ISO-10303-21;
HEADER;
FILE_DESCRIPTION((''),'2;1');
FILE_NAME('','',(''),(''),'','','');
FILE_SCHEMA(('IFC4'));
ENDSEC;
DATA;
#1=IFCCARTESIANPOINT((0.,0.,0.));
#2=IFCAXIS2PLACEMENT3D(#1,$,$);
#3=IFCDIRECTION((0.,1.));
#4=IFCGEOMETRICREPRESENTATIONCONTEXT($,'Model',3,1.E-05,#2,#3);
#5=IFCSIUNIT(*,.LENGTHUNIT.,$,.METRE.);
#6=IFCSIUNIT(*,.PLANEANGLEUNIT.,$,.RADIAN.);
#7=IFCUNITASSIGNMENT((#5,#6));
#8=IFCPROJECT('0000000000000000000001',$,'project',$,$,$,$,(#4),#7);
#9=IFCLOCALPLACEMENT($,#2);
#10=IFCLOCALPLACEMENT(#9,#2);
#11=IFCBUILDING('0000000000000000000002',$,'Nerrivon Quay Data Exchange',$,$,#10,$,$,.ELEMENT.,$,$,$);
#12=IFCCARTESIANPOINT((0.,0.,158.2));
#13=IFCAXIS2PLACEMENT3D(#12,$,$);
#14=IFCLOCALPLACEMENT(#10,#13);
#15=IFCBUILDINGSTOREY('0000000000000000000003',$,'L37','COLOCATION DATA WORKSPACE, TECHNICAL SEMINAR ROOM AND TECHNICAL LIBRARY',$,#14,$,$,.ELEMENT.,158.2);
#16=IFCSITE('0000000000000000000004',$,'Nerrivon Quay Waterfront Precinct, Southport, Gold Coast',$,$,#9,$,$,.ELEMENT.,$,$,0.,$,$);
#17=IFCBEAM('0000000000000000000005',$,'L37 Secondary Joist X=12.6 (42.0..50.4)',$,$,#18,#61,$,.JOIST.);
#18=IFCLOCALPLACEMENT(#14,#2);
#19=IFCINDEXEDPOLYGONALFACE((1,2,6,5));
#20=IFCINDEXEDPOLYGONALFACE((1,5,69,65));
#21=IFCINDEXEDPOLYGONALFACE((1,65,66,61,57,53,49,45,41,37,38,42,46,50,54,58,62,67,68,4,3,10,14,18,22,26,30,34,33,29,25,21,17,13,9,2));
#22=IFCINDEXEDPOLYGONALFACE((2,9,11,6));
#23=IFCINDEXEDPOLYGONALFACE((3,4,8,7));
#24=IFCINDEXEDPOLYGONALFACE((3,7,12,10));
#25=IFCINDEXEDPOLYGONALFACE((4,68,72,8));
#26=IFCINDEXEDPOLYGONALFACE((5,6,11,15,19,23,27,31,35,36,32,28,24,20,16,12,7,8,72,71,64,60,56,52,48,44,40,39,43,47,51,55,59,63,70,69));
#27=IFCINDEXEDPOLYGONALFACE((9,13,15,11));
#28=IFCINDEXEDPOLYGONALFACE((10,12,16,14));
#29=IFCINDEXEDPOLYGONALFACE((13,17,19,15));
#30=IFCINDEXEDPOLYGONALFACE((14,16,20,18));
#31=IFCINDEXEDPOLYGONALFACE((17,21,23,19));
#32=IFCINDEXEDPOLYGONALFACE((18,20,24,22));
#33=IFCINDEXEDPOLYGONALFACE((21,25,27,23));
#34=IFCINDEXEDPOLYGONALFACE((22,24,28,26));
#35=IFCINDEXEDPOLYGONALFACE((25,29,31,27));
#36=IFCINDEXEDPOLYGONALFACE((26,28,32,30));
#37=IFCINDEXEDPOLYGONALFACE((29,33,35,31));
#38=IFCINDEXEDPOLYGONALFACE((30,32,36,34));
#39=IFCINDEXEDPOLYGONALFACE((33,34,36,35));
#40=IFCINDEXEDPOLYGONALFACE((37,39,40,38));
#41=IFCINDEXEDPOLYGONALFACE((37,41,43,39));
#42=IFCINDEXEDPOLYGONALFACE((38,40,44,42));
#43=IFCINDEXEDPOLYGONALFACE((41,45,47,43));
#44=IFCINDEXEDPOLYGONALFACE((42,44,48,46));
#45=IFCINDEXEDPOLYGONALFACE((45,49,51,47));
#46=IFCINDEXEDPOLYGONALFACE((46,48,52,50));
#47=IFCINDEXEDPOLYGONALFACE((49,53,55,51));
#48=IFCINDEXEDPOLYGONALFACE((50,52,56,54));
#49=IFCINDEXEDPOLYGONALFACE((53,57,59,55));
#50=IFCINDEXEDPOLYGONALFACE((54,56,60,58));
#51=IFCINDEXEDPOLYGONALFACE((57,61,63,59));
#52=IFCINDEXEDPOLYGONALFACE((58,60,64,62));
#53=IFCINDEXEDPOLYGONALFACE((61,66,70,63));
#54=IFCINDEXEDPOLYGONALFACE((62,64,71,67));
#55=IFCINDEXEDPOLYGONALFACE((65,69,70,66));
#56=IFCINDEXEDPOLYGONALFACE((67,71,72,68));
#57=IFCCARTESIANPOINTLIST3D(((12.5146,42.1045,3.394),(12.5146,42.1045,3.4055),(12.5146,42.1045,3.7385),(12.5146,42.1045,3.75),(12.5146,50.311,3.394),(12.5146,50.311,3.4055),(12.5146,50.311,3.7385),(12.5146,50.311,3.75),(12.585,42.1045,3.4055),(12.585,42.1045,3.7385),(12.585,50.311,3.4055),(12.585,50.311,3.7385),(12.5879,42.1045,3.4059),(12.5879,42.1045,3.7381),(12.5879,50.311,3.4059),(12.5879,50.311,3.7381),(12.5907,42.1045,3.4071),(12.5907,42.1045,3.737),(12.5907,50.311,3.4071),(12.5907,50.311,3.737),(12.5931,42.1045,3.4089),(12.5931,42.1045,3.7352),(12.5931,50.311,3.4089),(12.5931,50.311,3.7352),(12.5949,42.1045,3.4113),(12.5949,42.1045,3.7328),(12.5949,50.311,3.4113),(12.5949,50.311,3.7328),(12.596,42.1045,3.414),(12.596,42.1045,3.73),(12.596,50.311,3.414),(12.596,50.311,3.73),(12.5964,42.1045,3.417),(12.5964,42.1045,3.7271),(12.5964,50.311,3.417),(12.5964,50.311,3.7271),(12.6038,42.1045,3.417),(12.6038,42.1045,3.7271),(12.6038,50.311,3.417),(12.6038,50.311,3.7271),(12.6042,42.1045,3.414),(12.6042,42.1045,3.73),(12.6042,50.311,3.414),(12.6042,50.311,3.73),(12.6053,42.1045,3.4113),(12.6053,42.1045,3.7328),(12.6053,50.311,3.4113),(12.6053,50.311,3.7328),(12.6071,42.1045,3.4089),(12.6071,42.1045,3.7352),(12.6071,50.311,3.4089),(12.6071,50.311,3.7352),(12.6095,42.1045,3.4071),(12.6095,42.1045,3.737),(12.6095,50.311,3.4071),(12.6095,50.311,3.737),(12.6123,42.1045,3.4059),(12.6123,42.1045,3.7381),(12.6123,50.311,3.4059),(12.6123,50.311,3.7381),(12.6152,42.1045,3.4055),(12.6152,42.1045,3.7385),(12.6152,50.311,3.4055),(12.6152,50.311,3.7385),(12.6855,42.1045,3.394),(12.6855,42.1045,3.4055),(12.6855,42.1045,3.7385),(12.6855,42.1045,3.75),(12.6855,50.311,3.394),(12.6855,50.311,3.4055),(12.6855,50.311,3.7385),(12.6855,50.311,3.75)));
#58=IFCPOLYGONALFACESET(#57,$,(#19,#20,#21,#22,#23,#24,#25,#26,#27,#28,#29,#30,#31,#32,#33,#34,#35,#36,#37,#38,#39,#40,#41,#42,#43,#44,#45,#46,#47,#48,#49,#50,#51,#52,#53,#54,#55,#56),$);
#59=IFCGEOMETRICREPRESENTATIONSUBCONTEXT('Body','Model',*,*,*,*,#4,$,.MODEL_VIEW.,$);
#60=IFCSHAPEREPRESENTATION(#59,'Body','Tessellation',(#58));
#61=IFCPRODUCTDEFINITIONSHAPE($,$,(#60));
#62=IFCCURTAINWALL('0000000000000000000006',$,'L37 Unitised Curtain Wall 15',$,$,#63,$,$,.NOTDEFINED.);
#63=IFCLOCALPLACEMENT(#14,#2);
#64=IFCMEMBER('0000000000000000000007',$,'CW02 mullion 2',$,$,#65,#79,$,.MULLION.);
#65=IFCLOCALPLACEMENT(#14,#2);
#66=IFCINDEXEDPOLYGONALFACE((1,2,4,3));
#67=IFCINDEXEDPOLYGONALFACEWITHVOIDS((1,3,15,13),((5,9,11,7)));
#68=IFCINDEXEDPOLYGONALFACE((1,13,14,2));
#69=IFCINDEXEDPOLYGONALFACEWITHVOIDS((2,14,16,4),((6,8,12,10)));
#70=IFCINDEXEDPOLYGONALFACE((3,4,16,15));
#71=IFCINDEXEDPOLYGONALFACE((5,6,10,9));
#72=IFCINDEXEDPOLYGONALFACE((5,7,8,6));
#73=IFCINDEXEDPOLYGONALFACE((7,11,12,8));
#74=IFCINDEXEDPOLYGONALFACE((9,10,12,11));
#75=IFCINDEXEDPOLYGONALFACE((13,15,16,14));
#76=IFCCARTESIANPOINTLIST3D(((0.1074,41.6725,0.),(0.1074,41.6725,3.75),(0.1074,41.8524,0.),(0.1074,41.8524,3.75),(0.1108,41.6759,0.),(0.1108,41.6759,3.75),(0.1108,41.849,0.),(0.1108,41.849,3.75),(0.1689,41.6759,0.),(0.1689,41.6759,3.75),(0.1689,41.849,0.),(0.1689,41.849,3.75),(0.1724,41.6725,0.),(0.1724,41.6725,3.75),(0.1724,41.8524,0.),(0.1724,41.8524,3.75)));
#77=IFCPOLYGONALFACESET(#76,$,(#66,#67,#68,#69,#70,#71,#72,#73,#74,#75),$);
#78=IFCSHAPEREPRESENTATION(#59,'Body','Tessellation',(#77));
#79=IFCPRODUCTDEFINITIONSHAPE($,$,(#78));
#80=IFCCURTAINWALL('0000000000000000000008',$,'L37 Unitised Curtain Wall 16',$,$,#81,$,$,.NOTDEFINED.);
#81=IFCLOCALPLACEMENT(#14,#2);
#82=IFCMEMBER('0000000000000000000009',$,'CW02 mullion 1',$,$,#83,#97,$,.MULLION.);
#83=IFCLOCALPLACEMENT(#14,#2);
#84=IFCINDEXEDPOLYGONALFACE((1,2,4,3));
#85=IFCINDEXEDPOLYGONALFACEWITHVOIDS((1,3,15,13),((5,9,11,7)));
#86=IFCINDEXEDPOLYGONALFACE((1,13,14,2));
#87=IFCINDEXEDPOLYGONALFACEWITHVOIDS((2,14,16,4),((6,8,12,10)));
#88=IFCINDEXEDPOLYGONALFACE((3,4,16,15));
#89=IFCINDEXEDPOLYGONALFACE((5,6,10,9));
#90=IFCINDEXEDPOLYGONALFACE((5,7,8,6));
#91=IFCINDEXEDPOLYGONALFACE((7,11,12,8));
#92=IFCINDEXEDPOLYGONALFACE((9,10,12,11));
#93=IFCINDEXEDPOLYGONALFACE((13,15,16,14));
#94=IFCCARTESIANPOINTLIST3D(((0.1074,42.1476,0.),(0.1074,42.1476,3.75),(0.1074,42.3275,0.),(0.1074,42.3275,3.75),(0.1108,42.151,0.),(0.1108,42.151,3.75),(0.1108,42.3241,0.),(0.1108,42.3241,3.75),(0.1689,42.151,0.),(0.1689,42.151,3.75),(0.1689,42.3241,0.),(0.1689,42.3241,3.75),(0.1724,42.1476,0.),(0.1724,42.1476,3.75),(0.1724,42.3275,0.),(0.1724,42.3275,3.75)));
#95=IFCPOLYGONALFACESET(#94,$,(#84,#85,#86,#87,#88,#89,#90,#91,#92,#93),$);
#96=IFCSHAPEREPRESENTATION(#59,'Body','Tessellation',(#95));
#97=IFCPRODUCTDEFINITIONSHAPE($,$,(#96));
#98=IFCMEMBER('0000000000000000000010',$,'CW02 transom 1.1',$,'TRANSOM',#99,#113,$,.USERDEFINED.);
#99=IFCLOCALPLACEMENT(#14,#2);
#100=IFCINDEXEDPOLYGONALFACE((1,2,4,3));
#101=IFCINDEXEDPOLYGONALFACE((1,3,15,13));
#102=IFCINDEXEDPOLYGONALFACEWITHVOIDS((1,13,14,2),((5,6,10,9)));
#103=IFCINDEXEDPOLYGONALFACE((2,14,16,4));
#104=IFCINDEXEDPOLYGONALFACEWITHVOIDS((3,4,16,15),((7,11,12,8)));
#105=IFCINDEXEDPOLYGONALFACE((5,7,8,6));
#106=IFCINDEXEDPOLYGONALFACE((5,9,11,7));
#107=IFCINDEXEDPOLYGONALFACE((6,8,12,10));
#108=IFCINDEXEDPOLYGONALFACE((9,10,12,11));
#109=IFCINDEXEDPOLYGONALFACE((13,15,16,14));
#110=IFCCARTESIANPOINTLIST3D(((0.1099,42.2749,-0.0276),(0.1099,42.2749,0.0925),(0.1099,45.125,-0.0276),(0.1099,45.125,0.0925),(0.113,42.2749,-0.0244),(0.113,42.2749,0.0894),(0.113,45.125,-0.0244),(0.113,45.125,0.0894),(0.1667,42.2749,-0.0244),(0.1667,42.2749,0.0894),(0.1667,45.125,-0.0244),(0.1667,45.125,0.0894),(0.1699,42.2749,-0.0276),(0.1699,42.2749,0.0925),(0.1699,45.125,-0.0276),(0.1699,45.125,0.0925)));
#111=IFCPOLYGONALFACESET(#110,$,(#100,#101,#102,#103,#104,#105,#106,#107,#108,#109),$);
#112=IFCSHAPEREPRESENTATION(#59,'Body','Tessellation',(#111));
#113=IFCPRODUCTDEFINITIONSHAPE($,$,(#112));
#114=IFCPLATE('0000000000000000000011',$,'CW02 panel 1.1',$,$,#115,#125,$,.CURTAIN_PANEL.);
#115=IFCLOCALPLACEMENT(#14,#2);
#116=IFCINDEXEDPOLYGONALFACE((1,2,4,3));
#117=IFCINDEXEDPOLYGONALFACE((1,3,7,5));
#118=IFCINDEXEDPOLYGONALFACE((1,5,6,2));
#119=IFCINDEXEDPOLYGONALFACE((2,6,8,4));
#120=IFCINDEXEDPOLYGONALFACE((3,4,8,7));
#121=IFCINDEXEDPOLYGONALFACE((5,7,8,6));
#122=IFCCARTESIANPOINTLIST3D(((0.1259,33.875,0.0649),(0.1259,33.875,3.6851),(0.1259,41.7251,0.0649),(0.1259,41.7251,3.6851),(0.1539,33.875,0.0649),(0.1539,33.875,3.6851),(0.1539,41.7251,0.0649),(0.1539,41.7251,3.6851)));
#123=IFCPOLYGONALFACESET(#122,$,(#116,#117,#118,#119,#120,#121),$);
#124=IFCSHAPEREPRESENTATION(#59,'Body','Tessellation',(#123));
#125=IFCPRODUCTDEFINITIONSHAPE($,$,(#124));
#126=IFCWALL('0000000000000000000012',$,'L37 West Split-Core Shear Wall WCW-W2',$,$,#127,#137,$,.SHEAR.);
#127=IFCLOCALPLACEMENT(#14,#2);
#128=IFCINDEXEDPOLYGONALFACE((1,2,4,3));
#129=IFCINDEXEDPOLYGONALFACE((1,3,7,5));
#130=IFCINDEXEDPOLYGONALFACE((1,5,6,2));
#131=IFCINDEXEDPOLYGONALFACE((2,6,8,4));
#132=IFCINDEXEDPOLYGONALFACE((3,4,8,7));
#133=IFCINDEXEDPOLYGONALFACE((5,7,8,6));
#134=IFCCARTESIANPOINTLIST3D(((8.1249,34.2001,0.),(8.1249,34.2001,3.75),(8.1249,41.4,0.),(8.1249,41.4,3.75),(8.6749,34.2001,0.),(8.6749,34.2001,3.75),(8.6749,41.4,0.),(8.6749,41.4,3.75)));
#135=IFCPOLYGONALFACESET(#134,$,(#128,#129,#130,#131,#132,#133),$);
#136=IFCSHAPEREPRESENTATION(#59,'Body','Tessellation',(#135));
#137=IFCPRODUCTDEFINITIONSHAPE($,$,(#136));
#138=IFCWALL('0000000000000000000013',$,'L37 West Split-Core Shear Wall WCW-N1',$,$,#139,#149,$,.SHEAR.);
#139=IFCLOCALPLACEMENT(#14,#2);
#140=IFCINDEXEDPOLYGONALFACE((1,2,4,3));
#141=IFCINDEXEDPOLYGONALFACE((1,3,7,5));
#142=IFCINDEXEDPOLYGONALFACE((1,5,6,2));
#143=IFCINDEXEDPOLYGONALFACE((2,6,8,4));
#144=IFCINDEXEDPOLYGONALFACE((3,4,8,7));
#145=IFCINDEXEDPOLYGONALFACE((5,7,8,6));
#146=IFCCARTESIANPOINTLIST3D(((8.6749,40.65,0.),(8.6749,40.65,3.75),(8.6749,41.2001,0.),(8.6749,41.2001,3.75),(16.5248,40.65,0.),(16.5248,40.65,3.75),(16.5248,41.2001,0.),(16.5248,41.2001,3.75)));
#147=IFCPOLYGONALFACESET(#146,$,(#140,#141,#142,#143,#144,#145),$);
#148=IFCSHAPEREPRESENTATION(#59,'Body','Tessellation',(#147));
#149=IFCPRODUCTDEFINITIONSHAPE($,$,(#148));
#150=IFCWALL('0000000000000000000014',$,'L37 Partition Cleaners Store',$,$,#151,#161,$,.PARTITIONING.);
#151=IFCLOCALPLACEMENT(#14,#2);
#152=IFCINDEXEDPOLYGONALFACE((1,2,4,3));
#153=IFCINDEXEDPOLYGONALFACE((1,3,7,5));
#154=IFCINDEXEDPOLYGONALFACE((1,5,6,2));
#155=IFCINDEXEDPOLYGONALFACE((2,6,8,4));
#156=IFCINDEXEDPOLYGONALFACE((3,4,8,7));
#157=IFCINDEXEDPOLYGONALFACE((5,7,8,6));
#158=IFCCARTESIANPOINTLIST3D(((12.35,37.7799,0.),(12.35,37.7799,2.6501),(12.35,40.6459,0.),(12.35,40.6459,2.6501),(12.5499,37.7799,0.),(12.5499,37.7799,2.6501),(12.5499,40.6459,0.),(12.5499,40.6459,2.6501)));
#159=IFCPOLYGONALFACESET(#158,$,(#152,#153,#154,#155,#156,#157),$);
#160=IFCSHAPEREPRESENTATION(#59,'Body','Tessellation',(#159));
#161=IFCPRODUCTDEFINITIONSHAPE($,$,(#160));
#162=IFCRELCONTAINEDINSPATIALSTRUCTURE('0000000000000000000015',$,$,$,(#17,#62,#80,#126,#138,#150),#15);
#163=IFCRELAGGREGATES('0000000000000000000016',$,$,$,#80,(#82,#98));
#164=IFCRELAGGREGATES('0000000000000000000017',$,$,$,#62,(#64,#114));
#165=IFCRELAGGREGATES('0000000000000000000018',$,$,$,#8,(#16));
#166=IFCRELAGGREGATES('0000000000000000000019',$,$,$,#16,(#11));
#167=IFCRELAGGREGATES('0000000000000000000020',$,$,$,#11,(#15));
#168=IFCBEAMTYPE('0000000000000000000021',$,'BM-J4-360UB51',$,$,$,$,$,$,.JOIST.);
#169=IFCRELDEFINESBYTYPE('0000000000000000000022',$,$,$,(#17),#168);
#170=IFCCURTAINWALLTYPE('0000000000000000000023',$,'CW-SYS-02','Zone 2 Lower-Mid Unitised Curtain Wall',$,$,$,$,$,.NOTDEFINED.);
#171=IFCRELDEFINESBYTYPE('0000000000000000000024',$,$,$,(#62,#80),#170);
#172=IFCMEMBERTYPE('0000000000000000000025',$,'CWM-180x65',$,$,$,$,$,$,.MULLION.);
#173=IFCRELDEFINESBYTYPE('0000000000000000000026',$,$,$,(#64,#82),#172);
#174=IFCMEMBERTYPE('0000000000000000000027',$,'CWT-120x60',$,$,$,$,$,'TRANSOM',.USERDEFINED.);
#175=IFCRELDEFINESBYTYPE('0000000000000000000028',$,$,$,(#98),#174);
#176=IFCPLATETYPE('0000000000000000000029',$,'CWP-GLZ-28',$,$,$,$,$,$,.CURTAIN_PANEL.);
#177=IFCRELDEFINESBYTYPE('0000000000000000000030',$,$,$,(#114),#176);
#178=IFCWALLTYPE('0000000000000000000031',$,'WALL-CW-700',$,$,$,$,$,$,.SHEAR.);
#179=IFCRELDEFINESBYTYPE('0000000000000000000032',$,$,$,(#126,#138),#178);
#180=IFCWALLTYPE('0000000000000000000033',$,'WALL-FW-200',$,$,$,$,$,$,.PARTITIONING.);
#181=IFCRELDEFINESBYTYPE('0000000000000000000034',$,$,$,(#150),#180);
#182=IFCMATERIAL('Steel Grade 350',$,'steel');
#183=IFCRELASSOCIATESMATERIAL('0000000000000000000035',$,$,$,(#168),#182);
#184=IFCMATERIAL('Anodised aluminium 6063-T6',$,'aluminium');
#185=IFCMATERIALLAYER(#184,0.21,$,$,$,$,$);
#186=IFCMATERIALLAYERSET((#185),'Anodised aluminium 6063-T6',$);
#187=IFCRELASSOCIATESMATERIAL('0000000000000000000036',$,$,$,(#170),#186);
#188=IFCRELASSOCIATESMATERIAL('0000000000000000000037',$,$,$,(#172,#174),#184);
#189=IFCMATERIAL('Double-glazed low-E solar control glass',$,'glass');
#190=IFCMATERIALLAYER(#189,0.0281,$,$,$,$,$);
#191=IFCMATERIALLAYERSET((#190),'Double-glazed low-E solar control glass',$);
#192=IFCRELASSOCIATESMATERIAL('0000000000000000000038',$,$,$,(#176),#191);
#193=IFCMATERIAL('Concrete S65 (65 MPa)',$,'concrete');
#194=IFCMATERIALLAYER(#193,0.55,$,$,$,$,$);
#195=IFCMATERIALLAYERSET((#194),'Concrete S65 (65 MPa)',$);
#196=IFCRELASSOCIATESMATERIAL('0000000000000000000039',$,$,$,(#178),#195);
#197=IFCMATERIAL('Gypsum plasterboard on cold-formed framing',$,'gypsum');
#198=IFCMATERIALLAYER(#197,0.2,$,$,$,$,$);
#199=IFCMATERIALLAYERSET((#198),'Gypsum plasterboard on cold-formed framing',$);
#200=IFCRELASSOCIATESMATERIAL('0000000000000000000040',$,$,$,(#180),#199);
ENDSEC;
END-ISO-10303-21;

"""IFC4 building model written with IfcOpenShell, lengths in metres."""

from ifc_helpers import new_model, si_unit, direction, frame, frame_2d, origin, origin_2d, place, context, subcontext, project, spatial, rectangle, hollow_rectangle, i_section, extrude, material, layer, layer_set, material_profile, profile_set, type_object, element, aggregate, save


model = new_model("IFC4")

# Units and contexts
model_context = context("Model", 3, precision=1e-05, world=origin(), true_north=direction((0.0, 1.0)))
body_context = subcontext(model_context, "Body", "Model", "MODEL_VIEW")
ifc_project = project(units=[si_unit("LENGTHUNIT", "METRE"), si_unit("PLANEANGLEUNIT", "RADIAN")], contexts=[model_context])

# Site, building, storey
site_placement = place(None, origin())
site = spatial("IfcSite", under=ifc_project, at=site_placement, Name="Nerrivon Quay Waterfront Precinct, Southport, Gold Coast", CompositionType="ELEMENT", RefElevation=0.0)
building_placement = place(site_placement, origin())
building = spatial("IfcBuilding", under=site, at=building_placement, Name="Nerrivon Quay Data Exchange", CompositionType="ELEMENT")
storey_placement = place(building_placement, frame((0.0, 0.0, 158.2)))
storey = spatial("IfcBuildingStorey", under=building, at=storey_placement, Name="L37", Description="COLOCATION DATA WORKSPACE, TECHNICAL SEMINAR ROOM AND TECHNICAL LIBRARY", CompositionType="ELEMENT", Elevation=158.2)

# Shared definitions
ifc_material_1 = material(Name="Concrete S65 (65 MPa)", Category="concrete")
ifc_material_2 = material(Name="Steel Grade 350", Category="steel")

# Beam
ifc_material_profile_1 = material_profile(ifc_material_2, i_section(OverallWidth=0.1709, OverallDepth=0.356, WebThickness=0.0073, FlangeThickness=0.0115, FilletRadius=0.0115, at=origin_2d()), Name="360UB50.7")
ifc_profile_set_1 = profile_set([ifc_material_profile_1], Name="Steel Grade 350")
beam_type_1 = type_object("IfcBeamType", Name="BM-J4-360UB51", PredefinedType="JOIST", material=ifc_profile_set_1)
beam_1_placement = place(storey_placement, frame((12.6001, 42.1045, 3.572), z_axis=(0.0, 1.0, 0.0), x_axis=(-1.0, 0.0, 0.0)))
element("IfcBeam", 1, at=beam_1_placement, inside=storey, type_object=beam_type_1, Name="L37 Secondary Joist X=12.6 (42.0..50.4)", PredefinedType="JOIST", context=body_context, shape_type="SweptSolid", body=[
    extrude(i_section(OverallWidth=0.1709, OverallDepth=0.356, WebThickness=0.0073, FlangeThickness=0.0115, FilletRadius=0.0115, at=origin_2d()), origin(), (0.0, 0.0, 1.0), 8.2065),
])

# Curtain wall, member
ifc_material_3 = material(Name="Anodised aluminium 6063-T6", Category="aluminium")
ifc_layer_1 = layer(ifc_material_3, 0.21)
ifc_layer_set_1 = layer_set([ifc_layer_1], Name="Anodised aluminium 6063-T6")
curtain_wall_type = type_object("IfcCurtainWallType", Name="CW-SYS-02", Description="Zone 2 Lower-Mid Unitised Curtain Wall", PredefinedType="NOTDEFINED", material=ifc_layer_set_1)
curtain_wall_1_placement = place(storey_placement, origin())
curtain_wall_1 = element("IfcCurtainWall", 2, at=curtain_wall_1_placement, inside=storey, type_object=curtain_wall_type, Name="L37 Unitised Curtain Wall 15", PredefinedType="NOTDEFINED")
ifc_material_profile_2 = material_profile(ifc_material_3, hollow_rectangle(XDim=0.0649, YDim=0.1799, WallThickness=0.0034, at=origin_2d()), Name="ALU-MULL-180x65")
ifc_profile_set_2 = profile_set([ifc_material_profile_2], Name="Anodised aluminium 6063-T6")
member_type_1 = type_object("IfcMemberType", Name="CWM-180x65", PredefinedType="MULLION", material=ifc_profile_set_2)
member_1_placement = place(storey_placement, frame((0.1399, 41.7625, 0.0), z_axis=(0.0, 0.0, 1.0), x_axis=(-1.0, 0.0, 0.0)))
member_1 = element("IfcMember", 3, at=member_1_placement, type_object=member_type_1, Name="CW02 mullion 2", PredefinedType="MULLION", context=body_context, shape_type="SweptSolid", body=[
    extrude(hollow_rectangle(XDim=0.0649, YDim=0.1799, WallThickness=0.0034, at=origin_2d()), origin(), (0.0, 0.0, 1.0), 3.75),
])

# Curtain wall, members
curtain_wall_2_placement = place(storey_placement, origin())
curtain_wall_2 = element("IfcCurtainWall", 4, at=curtain_wall_2_placement, inside=storey, type_object=curtain_wall_type, Name="L37 Unitised Curtain Wall 16", PredefinedType="NOTDEFINED")
member_2_placement = place(storey_placement, frame((0.1399, 42.2375, 0.0), z_axis=(0.0, 0.0, 1.0), x_axis=(-1.0, 0.0, 0.0)))
member_2 = element("IfcMember", 5, at=member_2_placement, type_object=member_type_1, Name="CW02 mullion 1", PredefinedType="MULLION", context=body_context, shape_type="SweptSolid", body=[
    extrude(hollow_rectangle(XDim=0.0649, YDim=0.1799, WallThickness=0.0034, at=origin_2d()), origin(), (0.0, 0.0, 1.0), 3.75),
])
ifc_material_profile_3 = material_profile(ifc_material_3, hollow_rectangle(XDim=0.0601, YDim=0.1201, WallThickness=0.0032, at=origin_2d()), Name="ALU-TRAN-120x60")
ifc_profile_set_3 = profile_set([ifc_material_profile_3], Name="Anodised aluminium 6063-T6")
member_type_2 = type_object("IfcMemberType", Name="CWT-120x60", ElementType="TRANSOM", PredefinedType="USERDEFINED", material=ifc_profile_set_3)
member_3_placement = place(storey_placement, frame((0.1399, 42.2749, 0.0325), z_axis=(0.0, 1.0, 0.0), x_axis=(-1.0, 0.0, 0.0)))
member_3 = element("IfcMember", 6, at=member_3_placement, type_object=member_type_2, Name="CW02 transom 1.1", ObjectType="TRANSOM", PredefinedType="USERDEFINED", context=body_context, shape_type="SweptSolid", body=[
    extrude(hollow_rectangle(XDim=0.0601, YDim=0.1201, WallThickness=0.0032, at=origin_2d()), origin(), (0.0, 0.0, 1.0), 2.8501),
])
aggregate(curtain_wall_2, [member_2, member_3])

# Plate
ifc_material_4 = material(Name="Double-glazed low-E solar control glass", Category="glass")
ifc_layer_2 = layer(ifc_material_4, 0.0281)
ifc_layer_set_2 = layer_set([ifc_layer_2], Name="Double-glazed low-E solar control glass")
plate_type = type_object("IfcPlateType", Name="CWP-GLZ-28", PredefinedType="CURTAIN_PANEL", material=ifc_layer_set_2)
plate_placement = place(storey_placement, frame((0.1399, 37.8, 0.0649), z_axis=(0.0, 0.0, 1.0), x_axis=(0.0, 1.0, 0.0)))
plate = element("IfcPlate", 7, at=plate_placement, type_object=plate_type, Name="CW02 panel 1.1", PredefinedType="CURTAIN_PANEL", context=body_context, shape_type="SweptSolid", body=[
    extrude(rectangle(XDim=7.8501, YDim=0.0281, at=origin_2d()), origin(), (0.0, 0.0, 1.0), 3.6201),
])
aggregate(curtain_wall_1, [member_1, plate])

# Walls
ifc_layer_3 = layer(ifc_material_1, 0.55)
ifc_layer_set_3 = layer_set([ifc_layer_3], Name="Concrete S65 (65 MPa)")
wall_type_1 = type_object("IfcWallType", Name="WALL-CW-700", PredefinedType="SHEAR", material=ifc_layer_set_3)
wall_1_placement = place(storey_placement, frame((8.3999, 34.2, 0.0), z_axis=(0.0, 0.0, 1.0), x_axis=(0.0, 1.0, 0.0)))
element("IfcWall", 8, at=wall_1_placement, inside=storey, type_object=wall_type_1, Name="L37 West Split-Core Shear Wall WCW-W2", PredefinedType="SHEAR", context=body_context, shape_type="SweptSolid", body=[
    extrude(rectangle(XDim=7.2, YDim=0.55, at=frame_2d((3.6001, 0.0))), origin(), (0.0, 0.0, 1.0), 3.75),
])
wall_2_placement = place(storey_placement, frame((8.675, 40.925, 0.0), z_axis=(0.0, 0.0, 1.0), x_axis=(1.0, 0.0, 0.0)))
element("IfcWall", 9, at=wall_2_placement, inside=storey, type_object=wall_type_1, Name="L37 West Split-Core Shear Wall WCW-N1", PredefinedType="SHEAR", context=body_context, shape_type="SweptSolid", body=[
    extrude(rectangle(XDim=7.8499, YDim=0.55, at=frame_2d((3.9248, 0.0))), origin(), (0.0, 0.0, 1.0), 3.75),
])
ifc_material_5 = material(Name="Gypsum plasterboard on cold-formed framing", Category="gypsum")
ifc_layer_4 = layer(ifc_material_5, 0.2)
ifc_layer_set_4 = layer_set([ifc_layer_4], Name="Gypsum plasterboard on cold-formed framing")
wall_type_2 = type_object("IfcWallType", Name="WALL-FW-200", PredefinedType="PARTITIONING", material=ifc_layer_set_4)
wall_3_placement = place(storey_placement, frame((12.45, 40.646, 0.0), z_axis=(0.0, 0.0, 1.0), x_axis=(0.0, -1.0, 0.0)))
element("IfcWall", 10, at=wall_3_placement, inside=storey, type_object=wall_type_2, Name="L37 Partition Cleaners Store", PredefinedType="PARTITIONING", context=body_context, shape_type="SweptSolid", body=[
    extrude(rectangle(XDim=2.866, YDim=0.2, at=frame_2d((1.4331, 0.0))), origin(), (0.0, 0.0, 1.0), 2.6501),
])

save(model, "model.ifc")
